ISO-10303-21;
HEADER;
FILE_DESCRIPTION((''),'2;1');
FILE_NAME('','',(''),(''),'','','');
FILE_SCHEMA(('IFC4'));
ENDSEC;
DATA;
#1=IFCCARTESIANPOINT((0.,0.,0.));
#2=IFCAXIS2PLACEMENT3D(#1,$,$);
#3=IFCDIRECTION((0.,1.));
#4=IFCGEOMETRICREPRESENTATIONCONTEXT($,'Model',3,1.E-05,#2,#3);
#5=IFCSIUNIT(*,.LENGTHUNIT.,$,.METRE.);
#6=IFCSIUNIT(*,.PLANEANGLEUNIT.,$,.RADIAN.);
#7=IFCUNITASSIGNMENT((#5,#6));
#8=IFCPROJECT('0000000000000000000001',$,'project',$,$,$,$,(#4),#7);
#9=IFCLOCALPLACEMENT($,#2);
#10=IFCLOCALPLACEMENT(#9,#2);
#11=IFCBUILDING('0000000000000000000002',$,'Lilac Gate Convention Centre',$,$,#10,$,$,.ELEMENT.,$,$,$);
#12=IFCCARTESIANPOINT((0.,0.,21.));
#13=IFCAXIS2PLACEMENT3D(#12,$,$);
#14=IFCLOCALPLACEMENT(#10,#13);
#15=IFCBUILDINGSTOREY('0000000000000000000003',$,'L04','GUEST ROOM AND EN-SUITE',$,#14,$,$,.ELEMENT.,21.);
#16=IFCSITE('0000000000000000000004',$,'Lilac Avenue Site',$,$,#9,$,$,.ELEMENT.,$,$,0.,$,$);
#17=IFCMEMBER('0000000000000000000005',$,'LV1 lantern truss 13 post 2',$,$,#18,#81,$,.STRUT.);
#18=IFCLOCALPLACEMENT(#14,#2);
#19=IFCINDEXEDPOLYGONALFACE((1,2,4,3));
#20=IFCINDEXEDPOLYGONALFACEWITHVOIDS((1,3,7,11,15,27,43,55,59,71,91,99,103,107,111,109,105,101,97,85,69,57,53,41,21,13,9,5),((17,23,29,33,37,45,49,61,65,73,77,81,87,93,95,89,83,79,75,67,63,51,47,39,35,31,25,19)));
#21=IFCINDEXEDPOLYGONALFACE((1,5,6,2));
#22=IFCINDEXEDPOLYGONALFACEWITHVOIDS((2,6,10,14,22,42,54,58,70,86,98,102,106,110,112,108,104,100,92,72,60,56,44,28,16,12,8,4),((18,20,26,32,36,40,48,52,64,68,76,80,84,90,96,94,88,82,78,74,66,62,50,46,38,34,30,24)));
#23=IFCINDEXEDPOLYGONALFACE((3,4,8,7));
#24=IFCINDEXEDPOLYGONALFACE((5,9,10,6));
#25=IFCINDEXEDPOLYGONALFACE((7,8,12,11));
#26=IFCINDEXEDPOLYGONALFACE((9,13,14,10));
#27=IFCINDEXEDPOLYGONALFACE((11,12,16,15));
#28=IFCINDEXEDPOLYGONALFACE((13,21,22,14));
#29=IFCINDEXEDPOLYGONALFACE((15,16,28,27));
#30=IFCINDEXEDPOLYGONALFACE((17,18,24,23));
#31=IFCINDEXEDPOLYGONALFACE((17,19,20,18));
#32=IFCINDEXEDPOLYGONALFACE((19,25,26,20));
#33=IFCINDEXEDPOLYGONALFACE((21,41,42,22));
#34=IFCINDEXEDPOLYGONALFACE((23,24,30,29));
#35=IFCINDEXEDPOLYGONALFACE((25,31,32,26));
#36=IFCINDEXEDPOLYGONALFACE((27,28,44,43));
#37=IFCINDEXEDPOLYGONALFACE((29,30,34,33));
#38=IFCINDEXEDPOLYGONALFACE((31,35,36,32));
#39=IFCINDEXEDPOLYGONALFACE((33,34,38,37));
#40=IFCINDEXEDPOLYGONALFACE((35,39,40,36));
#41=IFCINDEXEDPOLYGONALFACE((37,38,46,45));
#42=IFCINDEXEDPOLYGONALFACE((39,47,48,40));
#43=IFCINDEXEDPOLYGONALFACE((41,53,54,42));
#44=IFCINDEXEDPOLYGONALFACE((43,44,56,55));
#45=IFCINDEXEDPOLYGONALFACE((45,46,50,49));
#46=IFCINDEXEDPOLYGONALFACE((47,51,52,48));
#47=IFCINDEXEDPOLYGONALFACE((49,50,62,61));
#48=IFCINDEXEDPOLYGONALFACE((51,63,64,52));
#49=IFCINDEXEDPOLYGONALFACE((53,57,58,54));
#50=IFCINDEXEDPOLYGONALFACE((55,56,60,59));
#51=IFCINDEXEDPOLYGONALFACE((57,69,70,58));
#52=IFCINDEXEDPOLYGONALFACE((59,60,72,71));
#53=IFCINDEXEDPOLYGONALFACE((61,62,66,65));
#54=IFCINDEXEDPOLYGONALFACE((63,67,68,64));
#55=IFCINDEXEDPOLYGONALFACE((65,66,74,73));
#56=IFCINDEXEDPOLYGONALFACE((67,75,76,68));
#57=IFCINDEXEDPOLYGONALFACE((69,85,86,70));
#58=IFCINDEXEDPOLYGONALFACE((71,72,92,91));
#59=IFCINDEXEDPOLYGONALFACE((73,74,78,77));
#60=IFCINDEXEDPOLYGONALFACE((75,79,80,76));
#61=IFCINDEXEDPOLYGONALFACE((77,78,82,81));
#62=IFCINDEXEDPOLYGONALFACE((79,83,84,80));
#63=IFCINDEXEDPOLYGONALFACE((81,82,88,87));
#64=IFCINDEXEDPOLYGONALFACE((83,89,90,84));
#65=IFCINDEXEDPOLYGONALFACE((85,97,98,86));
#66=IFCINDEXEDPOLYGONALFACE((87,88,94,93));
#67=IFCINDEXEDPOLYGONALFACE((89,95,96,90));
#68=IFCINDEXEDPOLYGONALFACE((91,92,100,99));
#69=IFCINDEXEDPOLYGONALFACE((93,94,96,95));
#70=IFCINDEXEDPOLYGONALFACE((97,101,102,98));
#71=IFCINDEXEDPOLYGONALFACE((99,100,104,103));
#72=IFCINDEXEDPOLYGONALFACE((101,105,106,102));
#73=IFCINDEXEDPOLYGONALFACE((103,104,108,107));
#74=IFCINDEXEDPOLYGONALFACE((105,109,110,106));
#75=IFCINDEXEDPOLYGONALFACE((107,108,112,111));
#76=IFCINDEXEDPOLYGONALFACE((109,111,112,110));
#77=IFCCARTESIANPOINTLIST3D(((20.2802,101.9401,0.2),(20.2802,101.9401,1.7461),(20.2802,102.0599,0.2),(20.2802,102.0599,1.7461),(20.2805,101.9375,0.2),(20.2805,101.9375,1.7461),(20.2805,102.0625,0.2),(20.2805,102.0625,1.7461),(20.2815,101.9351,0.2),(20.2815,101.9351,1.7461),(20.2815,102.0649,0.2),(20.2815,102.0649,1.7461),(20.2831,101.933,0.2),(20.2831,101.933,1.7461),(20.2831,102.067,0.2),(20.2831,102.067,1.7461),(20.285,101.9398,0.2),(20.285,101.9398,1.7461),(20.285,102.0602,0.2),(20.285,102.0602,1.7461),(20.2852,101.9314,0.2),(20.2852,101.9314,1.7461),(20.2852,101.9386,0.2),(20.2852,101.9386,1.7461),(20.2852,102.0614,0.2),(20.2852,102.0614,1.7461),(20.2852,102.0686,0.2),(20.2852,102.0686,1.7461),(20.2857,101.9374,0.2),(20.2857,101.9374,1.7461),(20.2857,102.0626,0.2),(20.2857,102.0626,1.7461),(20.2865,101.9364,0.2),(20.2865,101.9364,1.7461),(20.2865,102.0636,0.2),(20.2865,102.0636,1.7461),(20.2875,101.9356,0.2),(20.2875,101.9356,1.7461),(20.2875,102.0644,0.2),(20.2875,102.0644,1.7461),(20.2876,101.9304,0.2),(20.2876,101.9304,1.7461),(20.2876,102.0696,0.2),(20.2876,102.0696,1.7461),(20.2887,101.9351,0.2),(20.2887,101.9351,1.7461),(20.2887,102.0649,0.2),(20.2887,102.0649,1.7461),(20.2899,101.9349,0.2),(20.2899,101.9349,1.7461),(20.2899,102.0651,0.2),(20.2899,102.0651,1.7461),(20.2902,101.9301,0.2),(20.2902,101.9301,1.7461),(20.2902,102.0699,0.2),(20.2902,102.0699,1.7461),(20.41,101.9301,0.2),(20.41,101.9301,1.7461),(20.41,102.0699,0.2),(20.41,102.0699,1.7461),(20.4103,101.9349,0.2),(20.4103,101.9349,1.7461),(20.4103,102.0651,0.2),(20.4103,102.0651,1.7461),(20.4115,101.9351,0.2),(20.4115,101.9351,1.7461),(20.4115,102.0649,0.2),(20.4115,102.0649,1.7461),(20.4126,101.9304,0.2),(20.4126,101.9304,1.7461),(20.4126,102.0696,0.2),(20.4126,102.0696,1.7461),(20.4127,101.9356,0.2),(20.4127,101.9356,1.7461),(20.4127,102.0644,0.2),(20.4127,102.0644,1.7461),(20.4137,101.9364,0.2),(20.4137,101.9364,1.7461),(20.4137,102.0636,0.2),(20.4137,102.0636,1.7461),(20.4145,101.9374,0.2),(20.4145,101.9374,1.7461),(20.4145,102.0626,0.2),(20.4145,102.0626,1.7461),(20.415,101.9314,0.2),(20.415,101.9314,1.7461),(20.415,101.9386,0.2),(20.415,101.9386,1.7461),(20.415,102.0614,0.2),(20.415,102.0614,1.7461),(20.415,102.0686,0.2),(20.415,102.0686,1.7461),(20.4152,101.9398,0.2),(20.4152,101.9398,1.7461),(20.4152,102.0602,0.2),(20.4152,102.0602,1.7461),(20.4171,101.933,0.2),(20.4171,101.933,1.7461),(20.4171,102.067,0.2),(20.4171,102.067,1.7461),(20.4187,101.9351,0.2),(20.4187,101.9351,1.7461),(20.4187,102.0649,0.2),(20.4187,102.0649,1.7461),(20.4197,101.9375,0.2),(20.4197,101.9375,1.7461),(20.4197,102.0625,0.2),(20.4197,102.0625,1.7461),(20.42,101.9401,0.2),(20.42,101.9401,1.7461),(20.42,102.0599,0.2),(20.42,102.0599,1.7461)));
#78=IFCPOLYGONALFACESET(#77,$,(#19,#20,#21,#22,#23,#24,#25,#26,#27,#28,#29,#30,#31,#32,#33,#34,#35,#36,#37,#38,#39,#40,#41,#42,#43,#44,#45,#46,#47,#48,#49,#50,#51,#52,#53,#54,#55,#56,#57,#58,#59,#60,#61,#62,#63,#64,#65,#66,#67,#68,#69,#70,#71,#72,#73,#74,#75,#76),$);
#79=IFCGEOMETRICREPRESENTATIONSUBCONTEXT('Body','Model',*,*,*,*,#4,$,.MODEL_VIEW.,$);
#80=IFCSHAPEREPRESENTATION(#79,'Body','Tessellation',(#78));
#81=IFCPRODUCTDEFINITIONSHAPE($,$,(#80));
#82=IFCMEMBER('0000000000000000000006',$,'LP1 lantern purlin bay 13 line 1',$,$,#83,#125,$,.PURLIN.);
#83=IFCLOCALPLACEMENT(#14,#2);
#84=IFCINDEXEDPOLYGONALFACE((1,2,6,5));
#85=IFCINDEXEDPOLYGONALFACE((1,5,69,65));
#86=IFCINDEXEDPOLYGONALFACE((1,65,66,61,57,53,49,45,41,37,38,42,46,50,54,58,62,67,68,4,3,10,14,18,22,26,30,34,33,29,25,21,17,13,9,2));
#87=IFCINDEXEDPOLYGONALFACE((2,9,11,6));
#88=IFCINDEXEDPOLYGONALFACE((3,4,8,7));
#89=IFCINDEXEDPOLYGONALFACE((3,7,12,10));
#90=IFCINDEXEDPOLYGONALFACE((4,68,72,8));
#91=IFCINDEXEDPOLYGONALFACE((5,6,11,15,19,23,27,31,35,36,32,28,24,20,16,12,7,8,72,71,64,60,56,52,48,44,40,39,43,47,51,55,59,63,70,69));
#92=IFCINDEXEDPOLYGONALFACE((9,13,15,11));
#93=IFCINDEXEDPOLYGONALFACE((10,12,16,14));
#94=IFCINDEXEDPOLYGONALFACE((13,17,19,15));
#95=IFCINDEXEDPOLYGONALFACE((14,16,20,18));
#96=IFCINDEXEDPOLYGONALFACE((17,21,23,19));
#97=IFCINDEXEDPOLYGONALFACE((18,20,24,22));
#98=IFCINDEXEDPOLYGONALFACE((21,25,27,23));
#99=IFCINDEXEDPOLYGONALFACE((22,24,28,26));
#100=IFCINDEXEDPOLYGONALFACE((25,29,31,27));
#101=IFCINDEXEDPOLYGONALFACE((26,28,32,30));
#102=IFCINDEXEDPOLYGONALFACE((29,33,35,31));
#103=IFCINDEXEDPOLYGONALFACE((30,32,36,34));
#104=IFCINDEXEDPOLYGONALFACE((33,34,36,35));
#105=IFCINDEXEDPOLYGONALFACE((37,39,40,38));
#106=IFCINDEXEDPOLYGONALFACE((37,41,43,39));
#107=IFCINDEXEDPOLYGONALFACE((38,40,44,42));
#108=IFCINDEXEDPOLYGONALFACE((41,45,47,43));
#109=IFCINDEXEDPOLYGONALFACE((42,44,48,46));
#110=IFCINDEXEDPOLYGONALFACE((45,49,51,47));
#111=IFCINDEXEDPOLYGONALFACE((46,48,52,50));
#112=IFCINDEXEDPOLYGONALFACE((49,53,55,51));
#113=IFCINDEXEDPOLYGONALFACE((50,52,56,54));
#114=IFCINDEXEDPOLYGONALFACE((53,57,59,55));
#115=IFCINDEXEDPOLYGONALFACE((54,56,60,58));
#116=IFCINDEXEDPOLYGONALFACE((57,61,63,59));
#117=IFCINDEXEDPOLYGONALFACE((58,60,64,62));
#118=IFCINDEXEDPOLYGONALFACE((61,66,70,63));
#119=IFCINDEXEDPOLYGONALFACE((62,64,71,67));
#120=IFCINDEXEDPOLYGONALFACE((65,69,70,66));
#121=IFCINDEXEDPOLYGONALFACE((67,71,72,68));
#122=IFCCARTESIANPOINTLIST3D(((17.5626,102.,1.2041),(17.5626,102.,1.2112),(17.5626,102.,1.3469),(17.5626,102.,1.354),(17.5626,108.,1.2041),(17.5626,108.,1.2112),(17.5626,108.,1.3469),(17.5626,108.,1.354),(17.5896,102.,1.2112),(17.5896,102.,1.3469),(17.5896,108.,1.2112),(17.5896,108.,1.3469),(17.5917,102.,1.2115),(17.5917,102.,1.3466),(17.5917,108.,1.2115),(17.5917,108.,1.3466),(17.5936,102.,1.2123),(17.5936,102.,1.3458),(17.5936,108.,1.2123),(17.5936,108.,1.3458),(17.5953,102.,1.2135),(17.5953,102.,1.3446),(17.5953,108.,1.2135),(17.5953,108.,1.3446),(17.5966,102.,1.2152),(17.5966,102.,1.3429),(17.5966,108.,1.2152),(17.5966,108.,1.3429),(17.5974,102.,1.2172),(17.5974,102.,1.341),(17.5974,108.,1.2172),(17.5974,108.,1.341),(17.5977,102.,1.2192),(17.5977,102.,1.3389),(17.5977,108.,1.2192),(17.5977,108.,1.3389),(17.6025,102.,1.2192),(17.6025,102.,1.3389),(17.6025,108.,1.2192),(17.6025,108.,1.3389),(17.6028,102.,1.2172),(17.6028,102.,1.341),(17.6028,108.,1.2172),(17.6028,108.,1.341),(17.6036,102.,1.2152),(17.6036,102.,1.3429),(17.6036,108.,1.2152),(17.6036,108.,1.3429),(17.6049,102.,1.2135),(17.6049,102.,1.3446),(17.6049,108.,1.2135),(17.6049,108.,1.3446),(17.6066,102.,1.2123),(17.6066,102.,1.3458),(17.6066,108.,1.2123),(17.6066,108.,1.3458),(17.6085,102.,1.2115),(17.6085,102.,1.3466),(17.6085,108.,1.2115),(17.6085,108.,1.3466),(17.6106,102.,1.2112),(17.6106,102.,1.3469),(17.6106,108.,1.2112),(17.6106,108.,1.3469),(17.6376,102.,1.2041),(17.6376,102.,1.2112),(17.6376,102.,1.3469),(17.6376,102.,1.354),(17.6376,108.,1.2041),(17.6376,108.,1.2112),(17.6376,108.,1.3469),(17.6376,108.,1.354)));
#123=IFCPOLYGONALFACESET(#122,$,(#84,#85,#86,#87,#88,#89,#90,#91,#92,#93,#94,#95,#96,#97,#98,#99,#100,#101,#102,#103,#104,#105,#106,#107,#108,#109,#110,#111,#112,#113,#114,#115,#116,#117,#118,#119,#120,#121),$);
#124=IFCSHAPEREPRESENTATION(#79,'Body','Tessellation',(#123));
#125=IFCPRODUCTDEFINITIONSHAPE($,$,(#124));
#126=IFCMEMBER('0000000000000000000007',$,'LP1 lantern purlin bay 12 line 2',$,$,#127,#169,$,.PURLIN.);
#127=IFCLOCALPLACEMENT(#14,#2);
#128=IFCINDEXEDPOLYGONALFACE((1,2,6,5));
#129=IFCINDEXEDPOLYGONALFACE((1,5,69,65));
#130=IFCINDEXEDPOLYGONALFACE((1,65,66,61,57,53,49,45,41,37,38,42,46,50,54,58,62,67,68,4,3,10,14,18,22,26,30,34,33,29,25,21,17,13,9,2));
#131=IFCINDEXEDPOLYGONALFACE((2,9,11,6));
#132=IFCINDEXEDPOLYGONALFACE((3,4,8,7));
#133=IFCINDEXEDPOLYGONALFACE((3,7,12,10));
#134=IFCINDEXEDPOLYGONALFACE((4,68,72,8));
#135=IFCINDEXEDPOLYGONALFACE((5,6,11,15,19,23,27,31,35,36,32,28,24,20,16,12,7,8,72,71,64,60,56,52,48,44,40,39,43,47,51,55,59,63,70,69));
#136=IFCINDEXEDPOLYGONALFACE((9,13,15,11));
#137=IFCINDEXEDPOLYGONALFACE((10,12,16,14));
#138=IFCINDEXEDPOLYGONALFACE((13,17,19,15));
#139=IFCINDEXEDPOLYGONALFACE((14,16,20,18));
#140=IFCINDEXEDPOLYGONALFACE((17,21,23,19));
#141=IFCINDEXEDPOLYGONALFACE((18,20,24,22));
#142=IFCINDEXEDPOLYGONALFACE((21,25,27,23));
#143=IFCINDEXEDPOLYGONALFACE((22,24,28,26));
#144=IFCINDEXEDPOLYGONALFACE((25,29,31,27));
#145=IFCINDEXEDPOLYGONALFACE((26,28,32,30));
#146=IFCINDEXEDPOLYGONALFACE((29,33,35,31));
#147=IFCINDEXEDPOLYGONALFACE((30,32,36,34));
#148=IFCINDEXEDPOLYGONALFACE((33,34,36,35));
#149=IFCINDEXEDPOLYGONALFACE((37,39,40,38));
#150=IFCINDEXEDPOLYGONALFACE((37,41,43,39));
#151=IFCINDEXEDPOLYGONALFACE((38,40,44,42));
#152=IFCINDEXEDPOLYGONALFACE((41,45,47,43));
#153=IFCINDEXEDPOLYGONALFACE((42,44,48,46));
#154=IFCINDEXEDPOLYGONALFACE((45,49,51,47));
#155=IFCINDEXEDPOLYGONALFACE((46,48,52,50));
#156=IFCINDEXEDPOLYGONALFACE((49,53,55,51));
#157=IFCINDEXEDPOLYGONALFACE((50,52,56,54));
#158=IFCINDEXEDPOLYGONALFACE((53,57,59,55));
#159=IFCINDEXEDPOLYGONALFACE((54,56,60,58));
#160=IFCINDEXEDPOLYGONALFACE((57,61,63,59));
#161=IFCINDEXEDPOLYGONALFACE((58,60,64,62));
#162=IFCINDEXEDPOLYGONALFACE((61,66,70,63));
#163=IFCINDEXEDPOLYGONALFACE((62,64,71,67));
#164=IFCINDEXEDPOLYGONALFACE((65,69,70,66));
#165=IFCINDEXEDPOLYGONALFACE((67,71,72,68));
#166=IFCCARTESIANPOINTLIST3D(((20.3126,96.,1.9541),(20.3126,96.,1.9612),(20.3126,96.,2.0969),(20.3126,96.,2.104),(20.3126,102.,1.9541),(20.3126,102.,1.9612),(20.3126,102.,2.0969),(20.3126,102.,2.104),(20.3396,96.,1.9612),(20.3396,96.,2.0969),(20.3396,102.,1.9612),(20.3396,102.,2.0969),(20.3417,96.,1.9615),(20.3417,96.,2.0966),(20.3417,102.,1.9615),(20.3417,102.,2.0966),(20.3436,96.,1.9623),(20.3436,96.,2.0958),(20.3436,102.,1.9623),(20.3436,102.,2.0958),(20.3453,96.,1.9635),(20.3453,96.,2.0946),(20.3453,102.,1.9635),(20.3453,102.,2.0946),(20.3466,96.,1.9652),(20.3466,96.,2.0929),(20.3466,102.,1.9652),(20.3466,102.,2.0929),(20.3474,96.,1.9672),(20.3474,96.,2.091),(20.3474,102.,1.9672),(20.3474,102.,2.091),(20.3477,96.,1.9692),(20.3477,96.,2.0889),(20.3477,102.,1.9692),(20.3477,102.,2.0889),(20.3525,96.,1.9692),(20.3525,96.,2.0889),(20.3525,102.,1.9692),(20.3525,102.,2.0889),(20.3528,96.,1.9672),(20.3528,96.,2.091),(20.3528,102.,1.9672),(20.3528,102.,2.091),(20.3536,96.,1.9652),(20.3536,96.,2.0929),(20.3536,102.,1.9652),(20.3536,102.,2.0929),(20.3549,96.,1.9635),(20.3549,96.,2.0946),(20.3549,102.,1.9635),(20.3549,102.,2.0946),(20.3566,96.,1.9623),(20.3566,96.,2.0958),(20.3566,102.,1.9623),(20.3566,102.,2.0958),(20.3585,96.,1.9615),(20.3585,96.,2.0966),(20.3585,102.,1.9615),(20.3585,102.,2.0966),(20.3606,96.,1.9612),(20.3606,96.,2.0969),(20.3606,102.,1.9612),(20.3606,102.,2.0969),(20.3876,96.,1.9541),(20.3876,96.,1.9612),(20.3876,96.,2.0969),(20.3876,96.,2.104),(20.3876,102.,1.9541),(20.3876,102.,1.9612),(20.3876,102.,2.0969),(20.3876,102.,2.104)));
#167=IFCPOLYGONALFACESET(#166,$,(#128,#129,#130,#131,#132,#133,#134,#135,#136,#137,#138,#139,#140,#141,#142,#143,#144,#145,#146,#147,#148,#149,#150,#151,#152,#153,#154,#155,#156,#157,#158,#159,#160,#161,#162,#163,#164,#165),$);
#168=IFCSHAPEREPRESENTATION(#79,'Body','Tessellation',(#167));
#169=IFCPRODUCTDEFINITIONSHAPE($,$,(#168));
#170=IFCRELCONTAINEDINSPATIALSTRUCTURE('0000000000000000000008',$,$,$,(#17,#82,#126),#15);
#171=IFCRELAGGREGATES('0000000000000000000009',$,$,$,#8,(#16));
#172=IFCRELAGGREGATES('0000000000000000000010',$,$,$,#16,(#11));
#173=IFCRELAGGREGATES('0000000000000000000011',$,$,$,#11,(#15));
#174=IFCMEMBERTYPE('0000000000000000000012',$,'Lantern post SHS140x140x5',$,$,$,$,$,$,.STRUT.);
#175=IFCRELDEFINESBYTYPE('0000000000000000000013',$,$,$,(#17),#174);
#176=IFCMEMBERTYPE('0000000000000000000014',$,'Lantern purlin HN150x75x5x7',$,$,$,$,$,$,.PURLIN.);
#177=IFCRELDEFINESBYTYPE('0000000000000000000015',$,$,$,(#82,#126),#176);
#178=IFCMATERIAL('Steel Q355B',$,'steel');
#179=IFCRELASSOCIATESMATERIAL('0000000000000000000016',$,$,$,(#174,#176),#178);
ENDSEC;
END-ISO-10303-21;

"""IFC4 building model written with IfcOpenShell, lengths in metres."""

from ifc_helpers import new_model, si_unit, direction, frame, origin, origin_2d, place, context, subcontext, project, spatial, hollow_rectangle, i_section, extrude, material, material_profile, profile_set, type_object, element, save


model = new_model("IFC4")

# Units and contexts
model_context = context("Model", 3, precision=1e-05, world=origin(), true_north=direction((0.0, 1.0)))
body_context = subcontext(model_context, "Body", "Model", "MODEL_VIEW")
ifc_project = project(units=[si_unit("LENGTHUNIT", "METRE"), si_unit("PLANEANGLEUNIT", "RADIAN")], contexts=[model_context])

# Site, building, storey
site_placement = place(None, origin())
site = spatial("IfcSite", under=ifc_project, at=site_placement, Name="Lilac Avenue Site", CompositionType="ELEMENT", RefElevation=0.0)
building_placement = place(site_placement, origin())
building = spatial("IfcBuilding", under=site, at=building_placement, Name="Lilac Gate Convention Centre", CompositionType="ELEMENT")
storey_placement = place(building_placement, frame((0.0, 0.0, 21.0)))
storey = spatial("IfcBuildingStorey", under=building, at=storey_placement, Name="L04", Description="GUEST ROOM AND EN-SUITE", CompositionType="ELEMENT", Elevation=21.0)

# Members
ifc_material_1 = material(Name="Steel Q355B", Category="steel")
ifc_material_profile_1 = material_profile(ifc_material_1, hollow_rectangle(XDim=0.1399, YDim=0.1399, WallThickness=0.0049, InnerFilletRadius=0.0049, OuterFilletRadius=0.01, at=origin_2d()), Name="SHS140x140x5")
ifc_profile_set_1 = profile_set([ifc_material_profile_1], Name="Steel Q355B")
member_type_1 = type_object("IfcMemberType", Name="Lantern post SHS140x140x5", PredefinedType="STRUT", material=ifc_profile_set_1)
member_1_placement = place(storey_placement, frame((20.3501, 102.0, 0.2), z_axis=(0.0, 0.0, 1.0), x_axis=(1.0, 0.0, 0.0)))
element("IfcMember", 1, at=member_1_placement, inside=storey, type_object=member_type_1, Name="LV1 lantern truss 13 post 2", PredefinedType="STRUT", context=body_context, shape_type="SweptSolid", body=[
    extrude(hollow_rectangle(XDim=0.1399, YDim=0.1399, WallThickness=0.0049, InnerFilletRadius=0.0049, OuterFilletRadius=0.01, at=origin_2d()), origin(), (0.0, 0.0, 1.0), 1.5461),
])
ifc_material_profile_2 = material_profile(ifc_material_1, i_section(OverallWidth=0.075, OverallDepth=0.1499, WebThickness=0.0049, FlangeThickness=0.0071, FilletRadius=0.0081, at=origin_2d()), Name="HN150x75x5x7")
ifc_profile_set_2 = profile_set([ifc_material_profile_2], Name="Steel Q355B")
member_type_2 = type_object("IfcMemberType", Name="Lantern purlin HN150x75x5x7", PredefinedType="PURLIN", material=ifc_profile_set_2)
for number, where, z_axis, x_axis, name in (
    (2, (17.6001, 102.0, 1.2791), (0.0, 1.0, 0.0), (-1.0, 0.0, 0.0), "LP1 lantern purlin bay 13 line 1"),
    (3, (20.3501, 96.0, 2.0291), (0.0, 1.0, 0.0), (-1.0, 0.0, 0.0), "LP1 lantern purlin bay 12 line 2"),
):
    element("IfcMember", number, at=place(storey_placement, frame(where, z_axis=z_axis, x_axis=x_axis)), inside=storey, type_object=member_type_2, Name=name, PredefinedType="PURLIN", context=body_context, shape_type="SweptSolid", body=[
        extrude(i_section(OverallWidth=0.075, OverallDepth=0.1499, WebThickness=0.0049, FlangeThickness=0.0071, FilletRadius=0.0081, at=origin_2d()), origin(), (0.0, 0.0, 1.0), 6.0),
    ])

save(model, "model.ifc")
